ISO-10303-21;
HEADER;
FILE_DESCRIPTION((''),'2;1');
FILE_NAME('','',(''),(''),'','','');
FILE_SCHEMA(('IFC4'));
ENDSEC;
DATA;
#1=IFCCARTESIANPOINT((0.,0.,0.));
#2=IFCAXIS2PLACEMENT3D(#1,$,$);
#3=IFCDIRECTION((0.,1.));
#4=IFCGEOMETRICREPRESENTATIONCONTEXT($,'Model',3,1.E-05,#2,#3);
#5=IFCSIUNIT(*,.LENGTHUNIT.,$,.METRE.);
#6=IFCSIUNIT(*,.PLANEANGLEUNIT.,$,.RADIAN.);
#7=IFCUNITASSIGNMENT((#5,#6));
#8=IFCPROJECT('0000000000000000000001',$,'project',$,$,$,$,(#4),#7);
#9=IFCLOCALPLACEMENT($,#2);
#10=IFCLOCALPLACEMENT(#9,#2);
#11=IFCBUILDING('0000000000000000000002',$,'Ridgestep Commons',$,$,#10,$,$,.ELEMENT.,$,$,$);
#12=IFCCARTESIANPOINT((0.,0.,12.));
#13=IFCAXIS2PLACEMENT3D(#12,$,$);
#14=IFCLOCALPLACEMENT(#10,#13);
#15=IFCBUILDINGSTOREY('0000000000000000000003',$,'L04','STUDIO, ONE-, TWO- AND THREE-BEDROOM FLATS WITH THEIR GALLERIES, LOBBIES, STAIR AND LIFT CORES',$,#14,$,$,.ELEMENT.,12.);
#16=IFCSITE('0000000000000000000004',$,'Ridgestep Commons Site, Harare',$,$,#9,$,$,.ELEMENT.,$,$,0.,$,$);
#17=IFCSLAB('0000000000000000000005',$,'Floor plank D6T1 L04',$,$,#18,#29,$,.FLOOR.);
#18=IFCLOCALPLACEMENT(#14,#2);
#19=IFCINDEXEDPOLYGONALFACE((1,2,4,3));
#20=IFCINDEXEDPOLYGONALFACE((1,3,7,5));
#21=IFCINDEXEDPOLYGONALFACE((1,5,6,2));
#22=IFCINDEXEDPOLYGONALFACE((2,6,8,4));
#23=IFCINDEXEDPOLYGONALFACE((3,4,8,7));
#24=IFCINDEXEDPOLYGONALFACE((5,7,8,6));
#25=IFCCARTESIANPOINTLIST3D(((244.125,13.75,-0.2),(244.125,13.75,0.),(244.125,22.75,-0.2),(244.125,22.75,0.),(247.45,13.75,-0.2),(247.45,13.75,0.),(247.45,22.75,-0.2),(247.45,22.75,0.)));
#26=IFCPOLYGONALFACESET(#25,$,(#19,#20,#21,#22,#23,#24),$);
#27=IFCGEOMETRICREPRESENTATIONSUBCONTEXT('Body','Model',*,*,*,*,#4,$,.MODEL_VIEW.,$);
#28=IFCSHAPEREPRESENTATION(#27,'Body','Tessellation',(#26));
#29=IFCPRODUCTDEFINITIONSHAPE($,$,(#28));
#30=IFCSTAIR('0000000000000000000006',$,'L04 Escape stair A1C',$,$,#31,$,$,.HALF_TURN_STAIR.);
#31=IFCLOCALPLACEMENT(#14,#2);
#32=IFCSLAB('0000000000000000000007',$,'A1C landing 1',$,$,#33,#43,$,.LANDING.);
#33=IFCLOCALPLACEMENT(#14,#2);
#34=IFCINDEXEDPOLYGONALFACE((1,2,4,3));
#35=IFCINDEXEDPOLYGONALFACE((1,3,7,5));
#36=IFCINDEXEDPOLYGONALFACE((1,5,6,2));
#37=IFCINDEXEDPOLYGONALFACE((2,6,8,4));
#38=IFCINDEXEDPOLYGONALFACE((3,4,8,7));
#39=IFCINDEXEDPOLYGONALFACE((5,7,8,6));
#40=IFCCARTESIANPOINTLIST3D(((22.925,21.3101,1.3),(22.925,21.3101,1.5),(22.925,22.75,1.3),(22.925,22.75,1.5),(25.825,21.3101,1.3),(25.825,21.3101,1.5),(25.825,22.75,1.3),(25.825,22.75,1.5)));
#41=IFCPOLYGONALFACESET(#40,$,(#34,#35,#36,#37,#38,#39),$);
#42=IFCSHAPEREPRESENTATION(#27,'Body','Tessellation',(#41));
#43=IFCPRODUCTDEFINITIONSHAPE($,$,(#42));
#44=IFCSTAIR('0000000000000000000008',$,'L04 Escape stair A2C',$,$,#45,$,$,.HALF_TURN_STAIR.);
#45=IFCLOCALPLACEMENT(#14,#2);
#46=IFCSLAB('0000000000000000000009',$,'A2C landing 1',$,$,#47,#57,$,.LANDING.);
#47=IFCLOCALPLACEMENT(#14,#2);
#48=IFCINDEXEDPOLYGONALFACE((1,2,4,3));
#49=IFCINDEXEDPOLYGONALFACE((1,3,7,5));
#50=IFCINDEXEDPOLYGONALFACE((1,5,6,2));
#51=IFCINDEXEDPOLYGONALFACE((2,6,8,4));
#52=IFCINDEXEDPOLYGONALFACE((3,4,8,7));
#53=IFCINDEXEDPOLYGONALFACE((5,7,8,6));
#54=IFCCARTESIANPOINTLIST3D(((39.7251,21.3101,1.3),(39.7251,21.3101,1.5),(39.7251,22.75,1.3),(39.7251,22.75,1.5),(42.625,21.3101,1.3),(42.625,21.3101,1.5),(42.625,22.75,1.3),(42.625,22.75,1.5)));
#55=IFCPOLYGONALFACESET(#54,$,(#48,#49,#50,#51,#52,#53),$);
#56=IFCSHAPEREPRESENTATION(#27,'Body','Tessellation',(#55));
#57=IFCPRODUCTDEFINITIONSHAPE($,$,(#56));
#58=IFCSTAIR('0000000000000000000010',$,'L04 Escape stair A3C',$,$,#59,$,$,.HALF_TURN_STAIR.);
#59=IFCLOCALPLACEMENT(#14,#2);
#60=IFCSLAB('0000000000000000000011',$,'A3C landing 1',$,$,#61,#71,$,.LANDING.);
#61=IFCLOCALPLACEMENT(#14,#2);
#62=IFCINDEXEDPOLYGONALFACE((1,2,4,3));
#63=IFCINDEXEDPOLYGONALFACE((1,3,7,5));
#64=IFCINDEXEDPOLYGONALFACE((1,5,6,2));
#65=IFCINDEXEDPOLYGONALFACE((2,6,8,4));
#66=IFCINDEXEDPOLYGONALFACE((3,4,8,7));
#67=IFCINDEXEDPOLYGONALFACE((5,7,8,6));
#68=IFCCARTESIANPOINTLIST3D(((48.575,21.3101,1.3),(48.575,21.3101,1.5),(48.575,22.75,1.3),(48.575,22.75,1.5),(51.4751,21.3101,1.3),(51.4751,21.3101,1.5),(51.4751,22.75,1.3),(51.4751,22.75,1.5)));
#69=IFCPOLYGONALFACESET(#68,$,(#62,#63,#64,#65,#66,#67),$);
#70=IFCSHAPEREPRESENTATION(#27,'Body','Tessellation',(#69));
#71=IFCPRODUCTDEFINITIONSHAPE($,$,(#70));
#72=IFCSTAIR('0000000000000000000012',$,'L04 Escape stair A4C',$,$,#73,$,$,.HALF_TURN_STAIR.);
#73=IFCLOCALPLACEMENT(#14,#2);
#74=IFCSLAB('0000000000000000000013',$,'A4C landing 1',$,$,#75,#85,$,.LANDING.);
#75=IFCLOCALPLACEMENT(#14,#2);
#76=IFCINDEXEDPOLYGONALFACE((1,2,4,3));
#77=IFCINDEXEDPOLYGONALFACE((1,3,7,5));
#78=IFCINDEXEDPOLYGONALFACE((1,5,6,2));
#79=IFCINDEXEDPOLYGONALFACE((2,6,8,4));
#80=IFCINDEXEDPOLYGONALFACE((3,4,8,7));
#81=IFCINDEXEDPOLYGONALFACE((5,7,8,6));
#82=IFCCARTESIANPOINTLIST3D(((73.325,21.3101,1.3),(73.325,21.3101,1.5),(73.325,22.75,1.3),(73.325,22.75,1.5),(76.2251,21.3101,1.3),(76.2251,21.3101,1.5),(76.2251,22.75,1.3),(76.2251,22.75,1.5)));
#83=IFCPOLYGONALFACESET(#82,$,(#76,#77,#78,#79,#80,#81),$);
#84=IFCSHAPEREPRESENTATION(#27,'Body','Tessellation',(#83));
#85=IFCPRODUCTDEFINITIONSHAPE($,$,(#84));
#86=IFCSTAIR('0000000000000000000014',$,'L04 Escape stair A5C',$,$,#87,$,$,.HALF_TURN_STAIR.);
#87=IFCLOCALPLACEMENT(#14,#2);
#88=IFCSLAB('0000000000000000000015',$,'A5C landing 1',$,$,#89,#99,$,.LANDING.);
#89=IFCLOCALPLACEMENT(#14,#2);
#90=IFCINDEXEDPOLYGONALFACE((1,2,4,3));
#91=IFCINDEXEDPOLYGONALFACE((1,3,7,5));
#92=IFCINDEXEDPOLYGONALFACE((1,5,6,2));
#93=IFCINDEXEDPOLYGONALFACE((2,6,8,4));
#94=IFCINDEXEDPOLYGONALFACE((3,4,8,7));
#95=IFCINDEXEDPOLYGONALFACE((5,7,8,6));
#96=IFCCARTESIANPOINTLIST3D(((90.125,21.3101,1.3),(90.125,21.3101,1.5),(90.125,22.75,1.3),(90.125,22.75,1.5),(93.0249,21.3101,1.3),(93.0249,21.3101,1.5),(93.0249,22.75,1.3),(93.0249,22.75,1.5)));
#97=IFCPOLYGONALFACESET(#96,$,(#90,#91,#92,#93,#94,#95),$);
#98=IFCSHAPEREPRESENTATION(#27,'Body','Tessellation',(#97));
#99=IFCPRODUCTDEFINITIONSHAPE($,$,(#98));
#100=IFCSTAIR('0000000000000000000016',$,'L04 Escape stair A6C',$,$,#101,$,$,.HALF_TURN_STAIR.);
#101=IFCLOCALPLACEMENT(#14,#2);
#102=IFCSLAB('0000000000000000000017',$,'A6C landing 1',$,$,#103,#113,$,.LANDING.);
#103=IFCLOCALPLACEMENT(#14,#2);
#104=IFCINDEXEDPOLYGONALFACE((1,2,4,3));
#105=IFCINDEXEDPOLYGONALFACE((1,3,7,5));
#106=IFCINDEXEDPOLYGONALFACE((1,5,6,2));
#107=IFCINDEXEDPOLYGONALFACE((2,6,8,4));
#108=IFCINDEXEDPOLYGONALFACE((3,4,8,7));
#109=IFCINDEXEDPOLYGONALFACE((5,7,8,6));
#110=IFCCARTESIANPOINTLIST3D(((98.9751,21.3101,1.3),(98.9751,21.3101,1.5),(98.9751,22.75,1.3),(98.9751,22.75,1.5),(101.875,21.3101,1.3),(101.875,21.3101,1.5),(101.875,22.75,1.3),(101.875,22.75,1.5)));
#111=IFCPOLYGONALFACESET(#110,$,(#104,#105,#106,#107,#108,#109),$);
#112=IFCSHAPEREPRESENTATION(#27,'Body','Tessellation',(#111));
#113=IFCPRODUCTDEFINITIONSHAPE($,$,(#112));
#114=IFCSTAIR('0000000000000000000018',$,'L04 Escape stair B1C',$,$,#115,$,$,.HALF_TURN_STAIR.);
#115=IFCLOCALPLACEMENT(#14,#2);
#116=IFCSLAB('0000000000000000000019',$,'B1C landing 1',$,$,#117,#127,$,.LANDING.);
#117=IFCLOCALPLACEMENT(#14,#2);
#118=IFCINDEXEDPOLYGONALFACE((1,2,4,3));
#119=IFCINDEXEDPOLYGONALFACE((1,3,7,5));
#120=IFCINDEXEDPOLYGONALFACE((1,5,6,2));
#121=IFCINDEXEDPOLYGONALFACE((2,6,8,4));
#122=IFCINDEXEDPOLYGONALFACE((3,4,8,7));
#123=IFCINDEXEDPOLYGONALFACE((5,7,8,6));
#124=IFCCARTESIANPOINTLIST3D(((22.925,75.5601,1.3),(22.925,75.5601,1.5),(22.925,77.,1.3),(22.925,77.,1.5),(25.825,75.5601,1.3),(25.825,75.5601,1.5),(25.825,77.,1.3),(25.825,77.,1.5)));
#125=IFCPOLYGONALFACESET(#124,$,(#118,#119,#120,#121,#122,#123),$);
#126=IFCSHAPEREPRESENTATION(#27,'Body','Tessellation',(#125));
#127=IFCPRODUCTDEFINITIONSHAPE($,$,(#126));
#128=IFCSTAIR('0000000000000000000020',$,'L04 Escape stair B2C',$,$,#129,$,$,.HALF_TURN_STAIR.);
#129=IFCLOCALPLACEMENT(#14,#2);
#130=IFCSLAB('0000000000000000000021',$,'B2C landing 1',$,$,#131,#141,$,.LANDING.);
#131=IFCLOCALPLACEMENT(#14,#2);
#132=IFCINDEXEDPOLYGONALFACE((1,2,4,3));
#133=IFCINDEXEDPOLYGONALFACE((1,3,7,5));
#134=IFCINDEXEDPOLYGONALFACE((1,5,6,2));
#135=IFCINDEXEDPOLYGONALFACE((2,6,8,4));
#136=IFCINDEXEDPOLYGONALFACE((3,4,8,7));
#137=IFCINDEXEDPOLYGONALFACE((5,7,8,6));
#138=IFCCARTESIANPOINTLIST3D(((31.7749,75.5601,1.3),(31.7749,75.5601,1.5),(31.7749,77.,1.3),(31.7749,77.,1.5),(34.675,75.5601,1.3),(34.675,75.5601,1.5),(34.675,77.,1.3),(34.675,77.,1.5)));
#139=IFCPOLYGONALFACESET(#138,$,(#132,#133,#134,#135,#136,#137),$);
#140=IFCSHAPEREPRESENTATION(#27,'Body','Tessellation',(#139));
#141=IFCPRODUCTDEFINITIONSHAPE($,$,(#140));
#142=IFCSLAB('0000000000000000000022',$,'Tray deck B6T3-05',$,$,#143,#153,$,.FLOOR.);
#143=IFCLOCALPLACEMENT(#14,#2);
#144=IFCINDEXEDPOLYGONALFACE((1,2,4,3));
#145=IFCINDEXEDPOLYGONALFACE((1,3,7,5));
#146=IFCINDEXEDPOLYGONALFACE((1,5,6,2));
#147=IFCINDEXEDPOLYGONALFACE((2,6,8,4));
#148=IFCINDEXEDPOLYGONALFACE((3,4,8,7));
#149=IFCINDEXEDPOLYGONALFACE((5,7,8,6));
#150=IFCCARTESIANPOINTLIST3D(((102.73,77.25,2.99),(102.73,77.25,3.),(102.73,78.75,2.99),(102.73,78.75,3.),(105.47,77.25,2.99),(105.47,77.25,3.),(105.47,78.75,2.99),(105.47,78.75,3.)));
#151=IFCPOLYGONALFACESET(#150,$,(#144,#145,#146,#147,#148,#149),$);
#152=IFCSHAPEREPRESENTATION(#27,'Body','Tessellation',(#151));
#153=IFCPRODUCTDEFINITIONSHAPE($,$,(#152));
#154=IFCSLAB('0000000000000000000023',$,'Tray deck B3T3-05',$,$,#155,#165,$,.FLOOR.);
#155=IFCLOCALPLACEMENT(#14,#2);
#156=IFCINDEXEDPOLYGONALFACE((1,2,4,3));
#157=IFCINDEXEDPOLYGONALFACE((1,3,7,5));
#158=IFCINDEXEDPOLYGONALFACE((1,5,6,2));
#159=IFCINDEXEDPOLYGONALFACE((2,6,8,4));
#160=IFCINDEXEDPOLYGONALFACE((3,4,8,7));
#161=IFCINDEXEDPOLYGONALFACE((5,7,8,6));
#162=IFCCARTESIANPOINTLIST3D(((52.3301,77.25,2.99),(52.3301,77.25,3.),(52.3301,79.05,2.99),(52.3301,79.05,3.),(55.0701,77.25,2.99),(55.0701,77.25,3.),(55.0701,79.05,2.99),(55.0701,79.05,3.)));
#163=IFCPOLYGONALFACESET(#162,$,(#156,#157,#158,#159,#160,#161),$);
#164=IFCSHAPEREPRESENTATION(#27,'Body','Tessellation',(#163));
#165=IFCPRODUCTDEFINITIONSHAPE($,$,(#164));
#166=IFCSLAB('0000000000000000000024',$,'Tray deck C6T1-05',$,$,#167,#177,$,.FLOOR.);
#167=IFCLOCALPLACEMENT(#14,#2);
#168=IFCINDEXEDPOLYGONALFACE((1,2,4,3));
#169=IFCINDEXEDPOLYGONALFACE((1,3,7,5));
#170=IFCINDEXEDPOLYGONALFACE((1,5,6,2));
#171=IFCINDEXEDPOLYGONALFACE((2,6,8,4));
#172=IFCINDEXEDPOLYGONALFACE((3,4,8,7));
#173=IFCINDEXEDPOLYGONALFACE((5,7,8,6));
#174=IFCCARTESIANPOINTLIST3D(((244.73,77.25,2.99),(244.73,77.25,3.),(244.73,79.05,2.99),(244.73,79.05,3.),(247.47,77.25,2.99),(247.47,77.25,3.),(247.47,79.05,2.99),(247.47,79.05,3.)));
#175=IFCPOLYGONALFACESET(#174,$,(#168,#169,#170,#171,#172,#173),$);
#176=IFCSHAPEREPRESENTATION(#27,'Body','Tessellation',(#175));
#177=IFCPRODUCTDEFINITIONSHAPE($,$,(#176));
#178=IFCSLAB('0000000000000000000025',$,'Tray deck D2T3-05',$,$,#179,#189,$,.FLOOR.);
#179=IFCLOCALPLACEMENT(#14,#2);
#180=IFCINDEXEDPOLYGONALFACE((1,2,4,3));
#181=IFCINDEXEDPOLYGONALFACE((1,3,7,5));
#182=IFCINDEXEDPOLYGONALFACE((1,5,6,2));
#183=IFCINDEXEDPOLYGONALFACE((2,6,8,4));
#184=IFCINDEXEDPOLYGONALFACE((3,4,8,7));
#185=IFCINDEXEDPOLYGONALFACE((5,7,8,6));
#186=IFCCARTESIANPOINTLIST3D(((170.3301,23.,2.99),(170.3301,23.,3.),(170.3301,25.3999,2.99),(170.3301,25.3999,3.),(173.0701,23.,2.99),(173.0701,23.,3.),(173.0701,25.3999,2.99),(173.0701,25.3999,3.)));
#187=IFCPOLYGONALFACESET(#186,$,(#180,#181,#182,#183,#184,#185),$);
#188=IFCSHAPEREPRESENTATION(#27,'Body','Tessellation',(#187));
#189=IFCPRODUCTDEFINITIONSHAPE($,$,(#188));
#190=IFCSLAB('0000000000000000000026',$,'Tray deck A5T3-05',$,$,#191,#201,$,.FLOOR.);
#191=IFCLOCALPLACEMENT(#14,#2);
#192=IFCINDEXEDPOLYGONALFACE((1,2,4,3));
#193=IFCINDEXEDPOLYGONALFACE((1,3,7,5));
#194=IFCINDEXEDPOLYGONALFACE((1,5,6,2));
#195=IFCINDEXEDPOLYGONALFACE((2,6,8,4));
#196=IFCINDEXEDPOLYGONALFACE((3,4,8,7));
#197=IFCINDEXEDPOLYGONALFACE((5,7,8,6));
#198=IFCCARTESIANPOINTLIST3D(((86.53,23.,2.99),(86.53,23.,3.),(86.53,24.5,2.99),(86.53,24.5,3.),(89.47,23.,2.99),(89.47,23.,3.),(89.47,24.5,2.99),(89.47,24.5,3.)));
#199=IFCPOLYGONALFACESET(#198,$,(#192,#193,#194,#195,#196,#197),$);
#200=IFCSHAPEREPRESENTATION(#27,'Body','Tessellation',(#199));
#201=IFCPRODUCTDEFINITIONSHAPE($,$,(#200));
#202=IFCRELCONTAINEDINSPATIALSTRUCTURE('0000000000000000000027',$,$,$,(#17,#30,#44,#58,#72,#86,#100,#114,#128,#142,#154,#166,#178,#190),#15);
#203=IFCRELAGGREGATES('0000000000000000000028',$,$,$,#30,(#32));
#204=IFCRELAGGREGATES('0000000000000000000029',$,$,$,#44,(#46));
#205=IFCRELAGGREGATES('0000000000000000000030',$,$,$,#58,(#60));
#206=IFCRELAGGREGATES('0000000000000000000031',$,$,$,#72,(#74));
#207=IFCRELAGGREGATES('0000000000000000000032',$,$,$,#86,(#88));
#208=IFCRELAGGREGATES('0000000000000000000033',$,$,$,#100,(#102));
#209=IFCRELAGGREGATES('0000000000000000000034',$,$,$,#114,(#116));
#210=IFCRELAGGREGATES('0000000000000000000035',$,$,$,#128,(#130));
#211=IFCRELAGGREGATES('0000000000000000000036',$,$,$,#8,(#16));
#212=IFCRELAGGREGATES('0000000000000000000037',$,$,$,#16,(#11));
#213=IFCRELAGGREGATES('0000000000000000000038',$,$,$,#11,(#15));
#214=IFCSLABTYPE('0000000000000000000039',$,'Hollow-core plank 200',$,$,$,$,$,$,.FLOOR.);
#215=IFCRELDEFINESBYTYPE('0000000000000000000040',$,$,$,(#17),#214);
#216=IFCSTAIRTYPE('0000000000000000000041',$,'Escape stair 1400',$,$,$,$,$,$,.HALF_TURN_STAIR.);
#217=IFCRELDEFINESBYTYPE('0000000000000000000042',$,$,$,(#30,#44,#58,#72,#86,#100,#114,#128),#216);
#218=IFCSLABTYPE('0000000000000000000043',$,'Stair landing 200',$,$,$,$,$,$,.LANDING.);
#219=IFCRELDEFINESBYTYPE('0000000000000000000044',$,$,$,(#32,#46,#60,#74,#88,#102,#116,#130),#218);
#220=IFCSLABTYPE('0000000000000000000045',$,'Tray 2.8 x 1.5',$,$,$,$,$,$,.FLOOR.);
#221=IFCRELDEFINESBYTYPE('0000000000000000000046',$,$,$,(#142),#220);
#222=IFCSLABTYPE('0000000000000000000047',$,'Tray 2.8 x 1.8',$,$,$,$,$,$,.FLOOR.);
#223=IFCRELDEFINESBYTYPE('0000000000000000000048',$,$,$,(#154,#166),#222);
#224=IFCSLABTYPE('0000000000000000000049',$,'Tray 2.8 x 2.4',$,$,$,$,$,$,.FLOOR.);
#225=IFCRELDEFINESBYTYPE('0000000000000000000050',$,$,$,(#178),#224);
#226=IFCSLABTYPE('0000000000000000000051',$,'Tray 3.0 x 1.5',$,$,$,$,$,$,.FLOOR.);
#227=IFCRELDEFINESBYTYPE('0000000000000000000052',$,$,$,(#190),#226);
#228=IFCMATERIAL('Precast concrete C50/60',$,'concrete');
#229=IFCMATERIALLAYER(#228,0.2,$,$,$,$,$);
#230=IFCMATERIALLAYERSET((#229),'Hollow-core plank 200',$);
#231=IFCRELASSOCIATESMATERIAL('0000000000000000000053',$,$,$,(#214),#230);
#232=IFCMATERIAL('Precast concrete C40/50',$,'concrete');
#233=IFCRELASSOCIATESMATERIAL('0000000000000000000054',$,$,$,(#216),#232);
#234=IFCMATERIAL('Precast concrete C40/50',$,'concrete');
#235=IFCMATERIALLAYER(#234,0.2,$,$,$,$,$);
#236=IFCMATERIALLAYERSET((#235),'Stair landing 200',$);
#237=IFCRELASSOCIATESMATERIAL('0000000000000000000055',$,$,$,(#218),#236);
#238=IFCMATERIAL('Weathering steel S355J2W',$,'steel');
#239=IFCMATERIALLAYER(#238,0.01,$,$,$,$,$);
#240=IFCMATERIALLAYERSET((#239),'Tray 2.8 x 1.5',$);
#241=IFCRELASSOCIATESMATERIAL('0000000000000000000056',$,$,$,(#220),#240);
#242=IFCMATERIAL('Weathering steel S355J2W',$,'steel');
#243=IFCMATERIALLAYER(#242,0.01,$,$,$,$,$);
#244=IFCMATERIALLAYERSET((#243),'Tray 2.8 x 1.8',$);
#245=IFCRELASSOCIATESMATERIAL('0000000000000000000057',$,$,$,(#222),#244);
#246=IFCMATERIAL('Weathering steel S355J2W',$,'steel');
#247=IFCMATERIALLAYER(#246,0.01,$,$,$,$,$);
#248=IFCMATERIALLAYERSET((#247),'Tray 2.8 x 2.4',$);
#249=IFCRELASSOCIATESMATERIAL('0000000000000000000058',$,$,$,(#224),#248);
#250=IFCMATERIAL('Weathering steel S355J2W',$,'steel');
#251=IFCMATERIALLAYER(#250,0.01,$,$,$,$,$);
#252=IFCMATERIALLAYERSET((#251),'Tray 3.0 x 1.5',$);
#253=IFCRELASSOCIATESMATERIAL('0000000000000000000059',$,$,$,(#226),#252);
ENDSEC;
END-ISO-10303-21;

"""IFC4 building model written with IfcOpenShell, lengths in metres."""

from ifc_helpers import new_model, si_unit, direction, frame, origin, place, context, subcontext, project, spatial, polyline, outline, extrude, material, layer, layer_set, type_object, element, aggregate, save


model = new_model("IFC4")

# Units and contexts
model_context = context("Model", 3, precision=1e-05, world=origin(), true_north=direction((0.0, 1.0)))
body_context = subcontext(model_context, "Body", "Model", "MODEL_VIEW")
ifc_project = project(units=[si_unit("LENGTHUNIT", "METRE"), si_unit("PLANEANGLEUNIT", "RADIAN")], contexts=[model_context])

# Site, building, storey
site_placement = place(None, origin())
site = spatial("IfcSite", under=ifc_project, at=site_placement, Name="Ridgestep Commons Site, Harare", CompositionType="ELEMENT", RefElevation=0.0)
building_placement = place(site_placement, origin())
building = spatial("IfcBuilding", under=site, at=building_placement, Name="Ridgestep Commons", CompositionType="ELEMENT")
storey_placement = place(building_placement, frame((0.0, 0.0, 12.0)))
storey = spatial("IfcBuildingStorey", under=building, at=storey_placement, Name="L04", Description="STUDIO, ONE-, TWO- AND THREE-BEDROOM FLATS WITH THEIR GALLERIES, LOBBIES, STAIR AND LIFT CORES", CompositionType="ELEMENT", Elevation=12.0)

# Slab
ifc_material_1 = material(Name="Precast concrete C50/60", Category="concrete")
ifc_layer_1 = layer(ifc_material_1, 0.2)
ifc_layer_set_1 = layer_set([ifc_layer_1], Name="Hollow-core plank 200")
slab_type_1 = type_object("IfcSlabType", Name="Hollow-core plank 200", PredefinedType="FLOOR", material=ifc_layer_set_1)
slab_1_placement = place(storey_placement, frame((0.0, 0.0, -0.2)))
element("IfcSlab", 1, at=slab_1_placement, inside=storey, type_object=slab_type_1, Name="Floor plank D6T1 L04", PredefinedType="FLOOR", context=body_context, shape_type="SweptSolid", body=[
    extrude(outline(polyline([(247.45, 13.75), (247.45, 22.75), (244.125, 22.75), (244.125, 13.75), (247.45, 13.75)])), origin(), (0.0, 0.0, 1.0), 0.2),
])

# Stairs, slabs
ifc_material_2 = material(Name="Precast concrete C40/50", Category="concrete")
stair_type = type_object("IfcStairType", Name="Escape stair 1400", PredefinedType="HALF_TURN_STAIR", material=ifc_material_2)
stair_1_placement = place(storey_placement, origin())
stair_1 = element("IfcStair", 2, at=stair_1_placement, inside=storey, type_object=stair_type, Name="L04 Escape stair A1C", PredefinedType="HALF_TURN_STAIR")
ifc_material_3 = material(Name="Precast concrete C40/50", Category="concrete")
ifc_layer_2 = layer(ifc_material_3, 0.2)
ifc_layer_set_2 = layer_set([ifc_layer_2], Name="Stair landing 200")
slab_type_2 = type_object("IfcSlabType", Name="Stair landing 200", PredefinedType="LANDING", material=ifc_layer_set_2)
slab_2_placement = place(storey_placement, frame((0.0, 0.0, 1.3)))
slab_2 = element("IfcSlab", 3, at=slab_2_placement, type_object=slab_type_2, Name="A1C landing 1", PredefinedType="LANDING", context=body_context, shape_type="SweptSolid", body=[
    extrude(outline(polyline([(25.825, 21.3101), (25.825, 22.75), (22.925, 22.75), (22.925, 21.3101), (25.825, 21.3101)])), origin(), (0.0, 0.0, 1.0), 0.2),
])
aggregate(stair_1, [slab_2])
stair_2_placement = place(storey_placement, origin())
stair_2 = element("IfcStair", 4, at=stair_2_placement, inside=storey, type_object=stair_type, Name="L04 Escape stair A2C", PredefinedType="HALF_TURN_STAIR")
slab_3_placement = place(storey_placement, frame((0.0, 0.0, 1.3)))
slab_3 = element("IfcSlab", 5, at=slab_3_placement, type_object=slab_type_2, Name="A2C landing 1", PredefinedType="LANDING", context=body_context, shape_type="SweptSolid", body=[
    extrude(outline(polyline([(42.625, 21.3101), (42.625, 22.75), (39.7251, 22.75), (39.7251, 21.3101), (42.625, 21.3101)])), origin(), (0.0, 0.0, 1.0), 0.2),
])
aggregate(stair_2, [slab_3])
stair_3_placement = place(storey_placement, origin())
stair_3 = element("IfcStair", 6, at=stair_3_placement, inside=storey, type_object=stair_type, Name="L04 Escape stair A3C", PredefinedType="HALF_TURN_STAIR")
slab_4_placement = place(storey_placement, frame((0.0, 0.0, 1.3)))
slab_4 = element("IfcSlab", 7, at=slab_4_placement, type_object=slab_type_2, Name="A3C landing 1", PredefinedType="LANDING", context=body_context, shape_type="SweptSolid", body=[
    extrude(outline(polyline([(51.4751, 21.3101), (51.4751, 22.75), (48.575, 22.75), (48.575, 21.3101), (51.4751, 21.3101)])), origin(), (0.0, 0.0, 1.0), 0.2),
])
aggregate(stair_3, [slab_4])
stair_4_placement = place(storey_placement, origin())
stair_4 = element("IfcStair", 8, at=stair_4_placement, inside=storey, type_object=stair_type, Name="L04 Escape stair A4C", PredefinedType="HALF_TURN_STAIR")
slab_5_placement = place(storey_placement, frame((0.0, 0.0, 1.3)))
slab_5 = element("IfcSlab", 9, at=slab_5_placement, type_object=slab_type_2, Name="A4C landing 1", PredefinedType="LANDING", context=body_context, shape_type="SweptSolid", body=[
    extrude(outline(polyline([(76.2251, 21.3101), (76.2251, 22.75), (73.325, 22.75), (73.325, 21.3101), (76.2251, 21.3101)])), origin(), (0.0, 0.0, 1.0), 0.2),
])
aggregate(stair_4, [slab_5])
stair_5_placement = place(storey_placement, origin())
stair_5 = element("IfcStair", 10, at=stair_5_placement, inside=storey, type_object=stair_type, Name="L04 Escape stair A5C", PredefinedType="HALF_TURN_STAIR")
slab_6_placement = place(storey_placement, frame((0.0, 0.0, 1.3)))
slab_6 = element("IfcSlab", 11, at=slab_6_placement, type_object=slab_type_2, Name="A5C landing 1", PredefinedType="LANDING", context=body_context, shape_type="SweptSolid", body=[
    extrude(outline(polyline([(93.0249, 21.3101), (93.0249, 22.75), (90.125, 22.75), (90.125, 21.3101), (93.0249, 21.3101)])), origin(), (0.0, 0.0, 1.0), 0.2),
])
aggregate(stair_5, [slab_6])
stair_6_placement = place(storey_placement, origin())
stair_6 = element("IfcStair", 12, at=stair_6_placement, inside=storey, type_object=stair_type, Name="L04 Escape stair A6C", PredefinedType="HALF_TURN_STAIR")
slab_7_placement = place(storey_placement, frame((0.0, 0.0, 1.3)))
slab_7 = element("IfcSlab", 13, at=slab_7_placement, type_object=slab_type_2, Name="A6C landing 1", PredefinedType="LANDING", context=body_context, shape_type="SweptSolid", body=[
    extrude(outline(polyline([(101.875, 21.3101), (101.875, 22.75), (98.9751, 22.75), (98.9751, 21.3101), (101.875, 21.3101)])), origin(), (0.0, 0.0, 1.0), 0.2),
])
aggregate(stair_6, [slab_7])
stair_7_placement = place(storey_placement, origin())
stair_7 = element("IfcStair", 14, at=stair_7_placement, inside=storey, type_object=stair_type, Name="L04 Escape stair B1C", PredefinedType="HALF_TURN_STAIR")
slab_8_placement = place(storey_placement, frame((0.0, 0.0, 1.3)))
slab_8 = element("IfcSlab", 15, at=slab_8_placement, type_object=slab_type_2, Name="B1C landing 1", PredefinedType="LANDING", context=body_context, shape_type="SweptSolid", body=[
    extrude(outline(polyline([(25.825, 75.5601), (25.825, 77.0), (22.925, 77.0), (22.925, 75.5601), (25.825, 75.5601)])), origin(), (0.0, 0.0, 1.0), 0.2),
])
aggregate(stair_7, [slab_8])
stair_8_placement = place(storey_placement, origin())
stair_8 = element("IfcStair", 16, at=stair_8_placement, inside=storey, type_object=stair_type, Name="L04 Escape stair B2C", PredefinedType="HALF_TURN_STAIR")
slab_9_placement = place(storey_placement, frame((0.0, 0.0, 1.3)))
slab_9 = element("IfcSlab", 17, at=slab_9_placement, type_object=slab_type_2, Name="B2C landing 1", PredefinedType="LANDING", context=body_context, shape_type="SweptSolid", body=[
    extrude(outline(polyline([(34.675, 75.5601), (34.675, 77.0), (31.7749, 77.0), (31.7749, 75.5601), (34.675, 75.5601)])), origin(), (0.0, 0.0, 1.0), 0.2),
])
aggregate(stair_8, [slab_9])

# Slabs
ifc_material_4 = material(Name="Weathering steel S355J2W", Category="steel")
ifc_layer_3 = layer(ifc_material_4, 0.01)
ifc_layer_set_3 = layer_set([ifc_layer_3], Name="Tray 2.8 x 1.5")
slab_type_3 = type_object("IfcSlabType", Name="Tray 2.8 x 1.5", PredefinedType="FLOOR", material=ifc_layer_set_3)
slab_10_placement = place(storey_placement, frame((0.0, 0.0, 2.99)))
element("IfcSlab", 18, at=slab_10_placement, inside=storey, type_object=slab_type_3, Name="Tray deck B6T3-05", PredefinedType="FLOOR", context=body_context, shape_type="SweptSolid", body=[
    extrude(outline(polyline([(102.73, 77.25), (105.47, 77.25), (105.47, 78.75), (102.73, 78.75), (102.73, 77.25)])), origin(), (0.0, 0.0, 1.0), 0.01),
])
ifc_material_5 = material(Name="Weathering steel S355J2W", Category="steel")
ifc_layer_4 = layer(ifc_material_5, 0.01)
ifc_layer_set_4 = layer_set([ifc_layer_4], Name="Tray 2.8 x 1.8")
slab_type_4 = type_object("IfcSlabType", Name="Tray 2.8 x 1.8", PredefinedType="FLOOR", material=ifc_layer_set_4)
slab_11_placement = place(storey_placement, frame((0.0, 0.0, 2.99)))
element("IfcSlab", 19, at=slab_11_placement, inside=storey, type_object=slab_type_4, Name="Tray deck B3T3-05", PredefinedType="FLOOR", context=body_context, shape_type="SweptSolid", body=[
    extrude(outline(polyline([(52.3301, 77.25), (55.0701, 77.25), (55.0701, 79.05), (52.3301, 79.05), (52.3301, 77.25)])), origin(), (0.0, 0.0, 1.0), 0.01),
])
slab_12_placement = place(storey_placement, frame((0.0, 0.0, 2.99)))
element("IfcSlab", 20, at=slab_12_placement, inside=storey, type_object=slab_type_4, Name="Tray deck C6T1-05", PredefinedType="FLOOR", context=body_context, shape_type="SweptSolid", body=[
    extrude(outline(polyline([(244.73, 77.25), (247.47, 77.25), (247.47, 79.05), (244.73, 79.05), (244.73, 77.25)])), origin(), (0.0, 0.0, 1.0), 0.01),
])
ifc_material_6 = material(Name="Weathering steel S355J2W", Category="steel")
ifc_layer_5 = layer(ifc_material_6, 0.01)
ifc_layer_set_5 = layer_set([ifc_layer_5], Name="Tray 2.8 x 2.4")
slab_type_5 = type_object("IfcSlabType", Name="Tray 2.8 x 2.4", PredefinedType="FLOOR", material=ifc_layer_set_5)
slab_13_placement = place(storey_placement, frame((0.0, 0.0, 2.99)))
element("IfcSlab", 21, at=slab_13_placement, inside=storey, type_object=slab_type_5, Name="Tray deck D2T3-05", PredefinedType="FLOOR", context=body_context, shape_type="SweptSolid", body=[
    extrude(outline(polyline([(170.3301, 23.0), (173.0701, 23.0), (173.0701, 25.3999), (170.3301, 25.3999), (170.3301, 23.0)])), origin(), (0.0, 0.0, 1.0), 0.01),
])
ifc_material_7 = material(Name="Weathering steel S355J2W", Category="steel")
ifc_layer_6 = layer(ifc_material_7, 0.01)
ifc_layer_set_6 = layer_set([ifc_layer_6], Name="Tray 3.0 x 1.5")
slab_type_6 = type_object("IfcSlabType", Name="Tray 3.0 x 1.5", PredefinedType="FLOOR", material=ifc_layer_set_6)
slab_14_placement = place(storey_placement, frame((0.0, 0.0, 2.99)))
element("IfcSlab", 22, at=slab_14_placement, inside=storey, type_object=slab_type_6, Name="Tray deck A5T3-05", PredefinedType="FLOOR", context=body_context, shape_type="SweptSolid", body=[
    extrude(outline(polyline([(86.53, 23.0), (89.47, 23.0), (89.47, 24.5), (86.53, 24.5), (86.53, 23.0)])), origin(), (0.0, 0.0, 1.0), 0.01),
])

save(model, "model.ifc")
